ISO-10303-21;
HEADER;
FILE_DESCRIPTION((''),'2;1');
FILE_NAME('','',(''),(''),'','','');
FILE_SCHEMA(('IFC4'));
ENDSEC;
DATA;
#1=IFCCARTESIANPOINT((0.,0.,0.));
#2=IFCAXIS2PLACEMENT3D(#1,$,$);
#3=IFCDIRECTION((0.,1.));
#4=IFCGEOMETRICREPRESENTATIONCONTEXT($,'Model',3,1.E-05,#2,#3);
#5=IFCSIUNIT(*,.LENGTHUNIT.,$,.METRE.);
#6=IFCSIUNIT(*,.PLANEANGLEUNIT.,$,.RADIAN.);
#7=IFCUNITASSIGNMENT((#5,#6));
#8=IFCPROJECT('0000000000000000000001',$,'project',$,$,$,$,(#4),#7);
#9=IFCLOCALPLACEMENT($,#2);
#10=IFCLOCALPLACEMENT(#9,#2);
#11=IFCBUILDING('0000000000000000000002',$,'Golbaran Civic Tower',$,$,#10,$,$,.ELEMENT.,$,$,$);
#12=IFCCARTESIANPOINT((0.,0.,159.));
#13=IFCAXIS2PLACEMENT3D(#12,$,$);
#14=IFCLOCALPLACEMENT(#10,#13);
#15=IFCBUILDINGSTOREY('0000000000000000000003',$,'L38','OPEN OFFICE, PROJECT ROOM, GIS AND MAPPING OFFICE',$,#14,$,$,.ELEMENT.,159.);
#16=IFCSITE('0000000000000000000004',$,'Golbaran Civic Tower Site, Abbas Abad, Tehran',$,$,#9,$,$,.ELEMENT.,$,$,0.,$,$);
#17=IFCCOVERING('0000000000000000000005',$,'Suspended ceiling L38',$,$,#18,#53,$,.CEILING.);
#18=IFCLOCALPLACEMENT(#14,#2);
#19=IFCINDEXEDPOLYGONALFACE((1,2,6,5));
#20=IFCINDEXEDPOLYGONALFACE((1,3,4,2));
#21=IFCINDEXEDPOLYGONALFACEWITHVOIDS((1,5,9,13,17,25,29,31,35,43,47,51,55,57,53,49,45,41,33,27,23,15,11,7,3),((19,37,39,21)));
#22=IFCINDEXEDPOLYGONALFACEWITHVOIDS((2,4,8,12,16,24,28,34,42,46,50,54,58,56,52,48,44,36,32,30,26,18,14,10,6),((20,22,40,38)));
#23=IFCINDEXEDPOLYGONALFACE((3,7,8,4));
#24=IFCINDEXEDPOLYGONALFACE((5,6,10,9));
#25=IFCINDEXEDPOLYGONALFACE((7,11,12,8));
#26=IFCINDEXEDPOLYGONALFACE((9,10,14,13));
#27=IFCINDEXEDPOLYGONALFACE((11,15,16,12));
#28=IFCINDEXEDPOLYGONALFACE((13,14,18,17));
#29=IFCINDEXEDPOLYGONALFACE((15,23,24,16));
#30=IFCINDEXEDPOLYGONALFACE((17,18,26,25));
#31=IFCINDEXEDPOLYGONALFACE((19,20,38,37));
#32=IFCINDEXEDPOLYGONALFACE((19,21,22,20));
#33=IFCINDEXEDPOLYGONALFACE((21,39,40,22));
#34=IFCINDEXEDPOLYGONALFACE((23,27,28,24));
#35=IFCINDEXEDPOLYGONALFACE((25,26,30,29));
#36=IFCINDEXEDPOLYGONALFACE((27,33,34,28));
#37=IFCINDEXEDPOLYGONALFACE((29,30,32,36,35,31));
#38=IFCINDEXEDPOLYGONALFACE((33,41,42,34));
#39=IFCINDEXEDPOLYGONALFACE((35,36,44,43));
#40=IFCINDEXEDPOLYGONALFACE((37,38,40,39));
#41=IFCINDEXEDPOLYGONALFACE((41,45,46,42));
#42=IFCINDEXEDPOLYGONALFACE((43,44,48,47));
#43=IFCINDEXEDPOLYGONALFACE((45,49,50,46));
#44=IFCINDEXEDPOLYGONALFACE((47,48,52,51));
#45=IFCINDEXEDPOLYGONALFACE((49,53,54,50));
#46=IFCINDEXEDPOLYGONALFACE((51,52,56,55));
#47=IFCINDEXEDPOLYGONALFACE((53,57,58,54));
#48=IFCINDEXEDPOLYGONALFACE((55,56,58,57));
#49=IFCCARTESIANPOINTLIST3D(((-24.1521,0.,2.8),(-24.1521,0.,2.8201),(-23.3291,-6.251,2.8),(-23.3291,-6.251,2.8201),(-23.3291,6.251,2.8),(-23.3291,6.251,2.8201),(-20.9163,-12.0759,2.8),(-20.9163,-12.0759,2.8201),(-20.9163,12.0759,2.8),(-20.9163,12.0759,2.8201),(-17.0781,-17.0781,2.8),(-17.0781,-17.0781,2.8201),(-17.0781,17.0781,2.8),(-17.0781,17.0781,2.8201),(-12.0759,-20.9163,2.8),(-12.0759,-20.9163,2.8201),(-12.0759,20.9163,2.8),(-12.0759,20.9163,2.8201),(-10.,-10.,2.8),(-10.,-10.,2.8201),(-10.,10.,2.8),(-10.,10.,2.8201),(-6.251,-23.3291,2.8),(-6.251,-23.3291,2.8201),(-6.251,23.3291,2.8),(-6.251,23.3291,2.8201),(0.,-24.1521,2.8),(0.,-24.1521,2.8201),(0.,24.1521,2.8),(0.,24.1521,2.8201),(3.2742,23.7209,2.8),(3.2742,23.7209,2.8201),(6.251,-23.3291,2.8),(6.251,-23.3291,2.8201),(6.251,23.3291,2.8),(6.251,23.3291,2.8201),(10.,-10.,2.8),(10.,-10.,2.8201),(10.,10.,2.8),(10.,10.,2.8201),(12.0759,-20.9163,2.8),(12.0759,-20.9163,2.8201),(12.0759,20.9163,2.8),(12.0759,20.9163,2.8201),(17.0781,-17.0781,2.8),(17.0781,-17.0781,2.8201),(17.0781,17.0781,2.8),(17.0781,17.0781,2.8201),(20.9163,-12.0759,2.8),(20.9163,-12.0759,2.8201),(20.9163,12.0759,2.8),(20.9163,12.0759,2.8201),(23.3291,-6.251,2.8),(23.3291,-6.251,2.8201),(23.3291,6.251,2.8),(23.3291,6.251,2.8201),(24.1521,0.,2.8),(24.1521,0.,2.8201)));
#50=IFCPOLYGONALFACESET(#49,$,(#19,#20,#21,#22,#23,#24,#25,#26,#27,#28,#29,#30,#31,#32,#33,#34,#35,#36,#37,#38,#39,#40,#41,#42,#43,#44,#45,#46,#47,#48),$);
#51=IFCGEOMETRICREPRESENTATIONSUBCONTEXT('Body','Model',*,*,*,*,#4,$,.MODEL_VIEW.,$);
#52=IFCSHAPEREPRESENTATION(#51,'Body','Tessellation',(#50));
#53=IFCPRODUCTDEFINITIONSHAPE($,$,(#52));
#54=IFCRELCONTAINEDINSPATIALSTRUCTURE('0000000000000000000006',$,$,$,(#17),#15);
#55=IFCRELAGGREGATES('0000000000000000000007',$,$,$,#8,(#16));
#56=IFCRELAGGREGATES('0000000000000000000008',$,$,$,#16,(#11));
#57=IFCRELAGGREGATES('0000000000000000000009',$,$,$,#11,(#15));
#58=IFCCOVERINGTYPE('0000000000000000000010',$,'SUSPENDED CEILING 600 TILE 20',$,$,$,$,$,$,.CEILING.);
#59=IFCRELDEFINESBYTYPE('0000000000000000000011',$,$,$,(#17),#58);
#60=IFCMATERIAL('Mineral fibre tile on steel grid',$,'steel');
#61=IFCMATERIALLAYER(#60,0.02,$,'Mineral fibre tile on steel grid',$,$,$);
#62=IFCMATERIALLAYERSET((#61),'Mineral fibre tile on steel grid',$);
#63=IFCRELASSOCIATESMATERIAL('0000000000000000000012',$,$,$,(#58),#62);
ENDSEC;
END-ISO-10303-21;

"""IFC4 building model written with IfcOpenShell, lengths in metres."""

from ifc_helpers import new_model, si_unit, direction, frame, origin, place, context, subcontext, project, spatial, polyline, outline, extrude, material, layer, layer_set, type_object, element, save


model = new_model("IFC4")

# Units and contexts
model_context = context("Model", 3, precision=1e-05, world=origin(), true_north=direction((0.0, 1.0)))
body_context = subcontext(model_context, "Body", "Model", "MODEL_VIEW")
ifc_project = project(units=[si_unit("LENGTHUNIT", "METRE"), si_unit("PLANEANGLEUNIT", "RADIAN")], contexts=[model_context])

# Site, building, storey
site_placement = place(None, origin())
site = spatial("IfcSite", under=ifc_project, at=site_placement, Name="Golbaran Civic Tower Site, Abbas Abad, Tehran", CompositionType="ELEMENT", RefElevation=0.0)
building_placement = place(site_placement, origin())
building = spatial("IfcBuilding", under=site, at=building_placement, Name="Golbaran Civic Tower", CompositionType="ELEMENT")
storey_placement = place(building_placement, frame((0.0, 0.0, 159.0)))
storey = spatial("IfcBuildingStorey", under=building, at=storey_placement, Name="L38", Description="OPEN OFFICE, PROJECT ROOM, GIS AND MAPPING OFFICE", CompositionType="ELEMENT", Elevation=159.0)

# Covering
ifc_material_1 = material(Name="Mineral fibre tile on steel grid", Category="steel")
ifc_layer_1 = layer(ifc_material_1, 0.02, Name="Mineral fibre tile on steel grid")
ifc_layer_set_1 = layer_set([ifc_layer_1], Name="Mineral fibre tile on steel grid")
covering_type = type_object("IfcCoveringType", Name="SUSPENDED CEILING 600 TILE 20", PredefinedType="CEILING", material=ifc_layer_set_1)
covering_placement = place(storey_placement, frame((0.0, 0.0, 2.8)))
element("IfcCovering", 1, at=covering_placement, inside=storey, type_object=covering_type, Name="Suspended ceiling L38", PredefinedType="CEILING", context=body_context, shape_type="SweptSolid", body=[
    extrude(outline(polyline([(-24.1521, 0.0), (-23.3291, 6.251), (-20.9163, 12.0759), (-17.0781, 17.0781), (-12.0759, 20.9163), (-6.251, 23.3291), (0.0, 24.1521), (3.2742, 23.7209), (6.251, 23.3291), (12.0759, 20.9163), (17.0781, 17.0781), (20.9163, 12.0759), (23.3291, 6.251), (24.1521, 0.0), (23.3291, -6.251), (20.9163, -12.0759), (17.0781, -17.0781), (12.0759, -20.9163), (6.251, -23.3291), (0.0, -24.1521), (-6.251, -23.3291), (-12.0759, -20.9163), (-17.0781, -17.0781), (-20.9163, -12.0759), (-23.3291, -6.251), (-24.1521, 0.0)]), holes=[polyline([(10.0, 10.0), (-10.0, 10.0), (-10.0, -10.0), (10.0, -10.0), (10.0, 10.0)])]), origin(), (0.0, 0.0, 1.0), 0.02),
])

save(model, "model.ifc")
